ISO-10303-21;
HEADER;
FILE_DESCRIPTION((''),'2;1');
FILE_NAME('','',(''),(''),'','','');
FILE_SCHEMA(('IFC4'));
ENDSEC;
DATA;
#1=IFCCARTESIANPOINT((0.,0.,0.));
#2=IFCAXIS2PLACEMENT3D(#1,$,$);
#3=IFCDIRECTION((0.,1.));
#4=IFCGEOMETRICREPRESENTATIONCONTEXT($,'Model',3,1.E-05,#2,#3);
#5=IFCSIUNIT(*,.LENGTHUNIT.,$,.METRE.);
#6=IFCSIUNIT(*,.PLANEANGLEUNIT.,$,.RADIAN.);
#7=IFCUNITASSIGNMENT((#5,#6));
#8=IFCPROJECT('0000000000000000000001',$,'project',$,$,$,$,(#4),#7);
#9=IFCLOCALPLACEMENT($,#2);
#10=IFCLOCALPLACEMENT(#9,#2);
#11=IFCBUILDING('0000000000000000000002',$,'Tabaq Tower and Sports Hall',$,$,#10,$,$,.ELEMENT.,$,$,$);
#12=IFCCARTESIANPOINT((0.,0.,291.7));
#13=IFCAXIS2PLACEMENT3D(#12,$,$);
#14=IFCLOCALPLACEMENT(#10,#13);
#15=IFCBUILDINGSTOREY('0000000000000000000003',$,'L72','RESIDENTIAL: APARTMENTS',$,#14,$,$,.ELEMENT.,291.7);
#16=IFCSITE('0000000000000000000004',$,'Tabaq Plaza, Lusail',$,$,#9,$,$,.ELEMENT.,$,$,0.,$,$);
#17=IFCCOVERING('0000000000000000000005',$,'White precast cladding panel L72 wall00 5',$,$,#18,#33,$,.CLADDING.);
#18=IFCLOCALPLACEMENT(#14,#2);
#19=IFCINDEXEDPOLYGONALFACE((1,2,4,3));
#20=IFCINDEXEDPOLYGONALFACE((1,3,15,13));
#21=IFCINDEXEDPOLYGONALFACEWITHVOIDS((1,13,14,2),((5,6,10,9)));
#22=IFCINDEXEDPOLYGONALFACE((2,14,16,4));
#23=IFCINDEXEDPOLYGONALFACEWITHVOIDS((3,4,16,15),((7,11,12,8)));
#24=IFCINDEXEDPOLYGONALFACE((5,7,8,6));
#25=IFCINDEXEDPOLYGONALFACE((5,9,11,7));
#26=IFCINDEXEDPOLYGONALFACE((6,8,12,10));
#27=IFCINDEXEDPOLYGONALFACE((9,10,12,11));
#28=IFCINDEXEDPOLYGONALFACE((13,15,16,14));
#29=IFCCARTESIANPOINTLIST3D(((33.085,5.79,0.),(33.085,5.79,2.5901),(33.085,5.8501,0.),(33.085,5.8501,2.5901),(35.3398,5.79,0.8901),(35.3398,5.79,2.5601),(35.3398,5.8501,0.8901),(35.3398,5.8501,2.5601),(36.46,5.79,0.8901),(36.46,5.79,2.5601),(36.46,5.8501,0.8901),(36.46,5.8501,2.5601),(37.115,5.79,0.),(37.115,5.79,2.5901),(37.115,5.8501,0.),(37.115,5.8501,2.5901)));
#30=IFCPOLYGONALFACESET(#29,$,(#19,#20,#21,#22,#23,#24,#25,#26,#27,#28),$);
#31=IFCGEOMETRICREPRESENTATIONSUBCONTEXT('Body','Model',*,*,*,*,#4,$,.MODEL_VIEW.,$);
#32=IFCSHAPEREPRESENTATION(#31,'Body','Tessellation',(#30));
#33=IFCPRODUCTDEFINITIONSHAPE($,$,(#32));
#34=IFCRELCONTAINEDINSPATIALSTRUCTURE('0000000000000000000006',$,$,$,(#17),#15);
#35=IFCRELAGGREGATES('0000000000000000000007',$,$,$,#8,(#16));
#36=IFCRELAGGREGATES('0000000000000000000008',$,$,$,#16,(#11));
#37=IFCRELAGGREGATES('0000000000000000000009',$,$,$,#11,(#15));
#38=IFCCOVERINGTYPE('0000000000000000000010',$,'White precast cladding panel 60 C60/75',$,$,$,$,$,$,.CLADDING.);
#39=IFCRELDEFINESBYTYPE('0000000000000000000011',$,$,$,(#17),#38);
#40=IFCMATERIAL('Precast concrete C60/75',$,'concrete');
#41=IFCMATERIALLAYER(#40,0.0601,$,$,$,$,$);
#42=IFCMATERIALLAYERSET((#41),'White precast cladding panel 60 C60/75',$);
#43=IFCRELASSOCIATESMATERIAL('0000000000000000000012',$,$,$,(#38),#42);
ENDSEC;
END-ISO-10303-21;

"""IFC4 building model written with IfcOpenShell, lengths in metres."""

from ifc_helpers import new_model, si_unit, direction, frame, origin, place, context, subcontext, project, spatial, polyline, outline, extrude, material, layer, layer_set, type_object, element, save


model = new_model("IFC4")

# Units and contexts
model_context = context("Model", 3, precision=1e-05, world=origin(), true_north=direction((0.0, 1.0)))
body_context = subcontext(model_context, "Body", "Model", "MODEL_VIEW")
ifc_project = project(units=[si_unit("LENGTHUNIT", "METRE"), si_unit("PLANEANGLEUNIT", "RADIAN")], contexts=[model_context])

# Site, building, storey
site_placement = place(None, origin())
site = spatial("IfcSite", under=ifc_project, at=site_placement, Name="Tabaq Plaza, Lusail", CompositionType="ELEMENT", RefElevation=0.0)
building_placement = place(site_placement, origin())
building = spatial("IfcBuilding", under=site, at=building_placement, Name="Tabaq Tower and Sports Hall", CompositionType="ELEMENT")
storey_placement = place(building_placement, frame((0.0, 0.0, 291.7)))
storey = spatial("IfcBuildingStorey", under=building, at=storey_placement, Name="L72", Description="RESIDENTIAL: APARTMENTS", CompositionType="ELEMENT", Elevation=291.7)

# Covering
ifc_material_1 = material(Name="Precast concrete C60/75", Category="concrete")
ifc_layer_1 = layer(ifc_material_1, 0.0601)
ifc_layer_set_1 = layer_set([ifc_layer_1], Name="White precast cladding panel 60 C60/75")
covering_type = type_object("IfcCoveringType", Name="White precast cladding panel 60 C60/75", PredefinedType="CLADDING", material=ifc_layer_set_1)
covering_1_placement = place(storey_placement, frame((33.085, 5.8201, 0.0), z_axis=(0.0, 0.0, 1.0), x_axis=(1.0, 0.0, 0.0)))
element("IfcCovering", 1, at=covering_1_placement, inside=storey, type_object=covering_type, Name="White precast cladding panel L72 wall00 5", PredefinedType="CLADDING", context=body_context, shape_type="SweptSolid", body=[
    extrude(outline(polyline([(0.0, 0.0), (4.03, 0.0), (4.03, 2.5901), (0.0, 2.5901), (0.0, 0.0)]), holes=[polyline([(3.375, 0.8901), (2.2549, 0.8901), (2.2549, 2.5601), (3.375, 2.5601), (3.375, 0.8901)])]), frame((0.0, 0.03, 0.0), z_axis=(0.0, -1.0, 0.0), x_axis=(1.0, 0.0, 0.0)), (0.0, 0.0, 1.0), 0.0601),
])

save(model, "model.ifc")
